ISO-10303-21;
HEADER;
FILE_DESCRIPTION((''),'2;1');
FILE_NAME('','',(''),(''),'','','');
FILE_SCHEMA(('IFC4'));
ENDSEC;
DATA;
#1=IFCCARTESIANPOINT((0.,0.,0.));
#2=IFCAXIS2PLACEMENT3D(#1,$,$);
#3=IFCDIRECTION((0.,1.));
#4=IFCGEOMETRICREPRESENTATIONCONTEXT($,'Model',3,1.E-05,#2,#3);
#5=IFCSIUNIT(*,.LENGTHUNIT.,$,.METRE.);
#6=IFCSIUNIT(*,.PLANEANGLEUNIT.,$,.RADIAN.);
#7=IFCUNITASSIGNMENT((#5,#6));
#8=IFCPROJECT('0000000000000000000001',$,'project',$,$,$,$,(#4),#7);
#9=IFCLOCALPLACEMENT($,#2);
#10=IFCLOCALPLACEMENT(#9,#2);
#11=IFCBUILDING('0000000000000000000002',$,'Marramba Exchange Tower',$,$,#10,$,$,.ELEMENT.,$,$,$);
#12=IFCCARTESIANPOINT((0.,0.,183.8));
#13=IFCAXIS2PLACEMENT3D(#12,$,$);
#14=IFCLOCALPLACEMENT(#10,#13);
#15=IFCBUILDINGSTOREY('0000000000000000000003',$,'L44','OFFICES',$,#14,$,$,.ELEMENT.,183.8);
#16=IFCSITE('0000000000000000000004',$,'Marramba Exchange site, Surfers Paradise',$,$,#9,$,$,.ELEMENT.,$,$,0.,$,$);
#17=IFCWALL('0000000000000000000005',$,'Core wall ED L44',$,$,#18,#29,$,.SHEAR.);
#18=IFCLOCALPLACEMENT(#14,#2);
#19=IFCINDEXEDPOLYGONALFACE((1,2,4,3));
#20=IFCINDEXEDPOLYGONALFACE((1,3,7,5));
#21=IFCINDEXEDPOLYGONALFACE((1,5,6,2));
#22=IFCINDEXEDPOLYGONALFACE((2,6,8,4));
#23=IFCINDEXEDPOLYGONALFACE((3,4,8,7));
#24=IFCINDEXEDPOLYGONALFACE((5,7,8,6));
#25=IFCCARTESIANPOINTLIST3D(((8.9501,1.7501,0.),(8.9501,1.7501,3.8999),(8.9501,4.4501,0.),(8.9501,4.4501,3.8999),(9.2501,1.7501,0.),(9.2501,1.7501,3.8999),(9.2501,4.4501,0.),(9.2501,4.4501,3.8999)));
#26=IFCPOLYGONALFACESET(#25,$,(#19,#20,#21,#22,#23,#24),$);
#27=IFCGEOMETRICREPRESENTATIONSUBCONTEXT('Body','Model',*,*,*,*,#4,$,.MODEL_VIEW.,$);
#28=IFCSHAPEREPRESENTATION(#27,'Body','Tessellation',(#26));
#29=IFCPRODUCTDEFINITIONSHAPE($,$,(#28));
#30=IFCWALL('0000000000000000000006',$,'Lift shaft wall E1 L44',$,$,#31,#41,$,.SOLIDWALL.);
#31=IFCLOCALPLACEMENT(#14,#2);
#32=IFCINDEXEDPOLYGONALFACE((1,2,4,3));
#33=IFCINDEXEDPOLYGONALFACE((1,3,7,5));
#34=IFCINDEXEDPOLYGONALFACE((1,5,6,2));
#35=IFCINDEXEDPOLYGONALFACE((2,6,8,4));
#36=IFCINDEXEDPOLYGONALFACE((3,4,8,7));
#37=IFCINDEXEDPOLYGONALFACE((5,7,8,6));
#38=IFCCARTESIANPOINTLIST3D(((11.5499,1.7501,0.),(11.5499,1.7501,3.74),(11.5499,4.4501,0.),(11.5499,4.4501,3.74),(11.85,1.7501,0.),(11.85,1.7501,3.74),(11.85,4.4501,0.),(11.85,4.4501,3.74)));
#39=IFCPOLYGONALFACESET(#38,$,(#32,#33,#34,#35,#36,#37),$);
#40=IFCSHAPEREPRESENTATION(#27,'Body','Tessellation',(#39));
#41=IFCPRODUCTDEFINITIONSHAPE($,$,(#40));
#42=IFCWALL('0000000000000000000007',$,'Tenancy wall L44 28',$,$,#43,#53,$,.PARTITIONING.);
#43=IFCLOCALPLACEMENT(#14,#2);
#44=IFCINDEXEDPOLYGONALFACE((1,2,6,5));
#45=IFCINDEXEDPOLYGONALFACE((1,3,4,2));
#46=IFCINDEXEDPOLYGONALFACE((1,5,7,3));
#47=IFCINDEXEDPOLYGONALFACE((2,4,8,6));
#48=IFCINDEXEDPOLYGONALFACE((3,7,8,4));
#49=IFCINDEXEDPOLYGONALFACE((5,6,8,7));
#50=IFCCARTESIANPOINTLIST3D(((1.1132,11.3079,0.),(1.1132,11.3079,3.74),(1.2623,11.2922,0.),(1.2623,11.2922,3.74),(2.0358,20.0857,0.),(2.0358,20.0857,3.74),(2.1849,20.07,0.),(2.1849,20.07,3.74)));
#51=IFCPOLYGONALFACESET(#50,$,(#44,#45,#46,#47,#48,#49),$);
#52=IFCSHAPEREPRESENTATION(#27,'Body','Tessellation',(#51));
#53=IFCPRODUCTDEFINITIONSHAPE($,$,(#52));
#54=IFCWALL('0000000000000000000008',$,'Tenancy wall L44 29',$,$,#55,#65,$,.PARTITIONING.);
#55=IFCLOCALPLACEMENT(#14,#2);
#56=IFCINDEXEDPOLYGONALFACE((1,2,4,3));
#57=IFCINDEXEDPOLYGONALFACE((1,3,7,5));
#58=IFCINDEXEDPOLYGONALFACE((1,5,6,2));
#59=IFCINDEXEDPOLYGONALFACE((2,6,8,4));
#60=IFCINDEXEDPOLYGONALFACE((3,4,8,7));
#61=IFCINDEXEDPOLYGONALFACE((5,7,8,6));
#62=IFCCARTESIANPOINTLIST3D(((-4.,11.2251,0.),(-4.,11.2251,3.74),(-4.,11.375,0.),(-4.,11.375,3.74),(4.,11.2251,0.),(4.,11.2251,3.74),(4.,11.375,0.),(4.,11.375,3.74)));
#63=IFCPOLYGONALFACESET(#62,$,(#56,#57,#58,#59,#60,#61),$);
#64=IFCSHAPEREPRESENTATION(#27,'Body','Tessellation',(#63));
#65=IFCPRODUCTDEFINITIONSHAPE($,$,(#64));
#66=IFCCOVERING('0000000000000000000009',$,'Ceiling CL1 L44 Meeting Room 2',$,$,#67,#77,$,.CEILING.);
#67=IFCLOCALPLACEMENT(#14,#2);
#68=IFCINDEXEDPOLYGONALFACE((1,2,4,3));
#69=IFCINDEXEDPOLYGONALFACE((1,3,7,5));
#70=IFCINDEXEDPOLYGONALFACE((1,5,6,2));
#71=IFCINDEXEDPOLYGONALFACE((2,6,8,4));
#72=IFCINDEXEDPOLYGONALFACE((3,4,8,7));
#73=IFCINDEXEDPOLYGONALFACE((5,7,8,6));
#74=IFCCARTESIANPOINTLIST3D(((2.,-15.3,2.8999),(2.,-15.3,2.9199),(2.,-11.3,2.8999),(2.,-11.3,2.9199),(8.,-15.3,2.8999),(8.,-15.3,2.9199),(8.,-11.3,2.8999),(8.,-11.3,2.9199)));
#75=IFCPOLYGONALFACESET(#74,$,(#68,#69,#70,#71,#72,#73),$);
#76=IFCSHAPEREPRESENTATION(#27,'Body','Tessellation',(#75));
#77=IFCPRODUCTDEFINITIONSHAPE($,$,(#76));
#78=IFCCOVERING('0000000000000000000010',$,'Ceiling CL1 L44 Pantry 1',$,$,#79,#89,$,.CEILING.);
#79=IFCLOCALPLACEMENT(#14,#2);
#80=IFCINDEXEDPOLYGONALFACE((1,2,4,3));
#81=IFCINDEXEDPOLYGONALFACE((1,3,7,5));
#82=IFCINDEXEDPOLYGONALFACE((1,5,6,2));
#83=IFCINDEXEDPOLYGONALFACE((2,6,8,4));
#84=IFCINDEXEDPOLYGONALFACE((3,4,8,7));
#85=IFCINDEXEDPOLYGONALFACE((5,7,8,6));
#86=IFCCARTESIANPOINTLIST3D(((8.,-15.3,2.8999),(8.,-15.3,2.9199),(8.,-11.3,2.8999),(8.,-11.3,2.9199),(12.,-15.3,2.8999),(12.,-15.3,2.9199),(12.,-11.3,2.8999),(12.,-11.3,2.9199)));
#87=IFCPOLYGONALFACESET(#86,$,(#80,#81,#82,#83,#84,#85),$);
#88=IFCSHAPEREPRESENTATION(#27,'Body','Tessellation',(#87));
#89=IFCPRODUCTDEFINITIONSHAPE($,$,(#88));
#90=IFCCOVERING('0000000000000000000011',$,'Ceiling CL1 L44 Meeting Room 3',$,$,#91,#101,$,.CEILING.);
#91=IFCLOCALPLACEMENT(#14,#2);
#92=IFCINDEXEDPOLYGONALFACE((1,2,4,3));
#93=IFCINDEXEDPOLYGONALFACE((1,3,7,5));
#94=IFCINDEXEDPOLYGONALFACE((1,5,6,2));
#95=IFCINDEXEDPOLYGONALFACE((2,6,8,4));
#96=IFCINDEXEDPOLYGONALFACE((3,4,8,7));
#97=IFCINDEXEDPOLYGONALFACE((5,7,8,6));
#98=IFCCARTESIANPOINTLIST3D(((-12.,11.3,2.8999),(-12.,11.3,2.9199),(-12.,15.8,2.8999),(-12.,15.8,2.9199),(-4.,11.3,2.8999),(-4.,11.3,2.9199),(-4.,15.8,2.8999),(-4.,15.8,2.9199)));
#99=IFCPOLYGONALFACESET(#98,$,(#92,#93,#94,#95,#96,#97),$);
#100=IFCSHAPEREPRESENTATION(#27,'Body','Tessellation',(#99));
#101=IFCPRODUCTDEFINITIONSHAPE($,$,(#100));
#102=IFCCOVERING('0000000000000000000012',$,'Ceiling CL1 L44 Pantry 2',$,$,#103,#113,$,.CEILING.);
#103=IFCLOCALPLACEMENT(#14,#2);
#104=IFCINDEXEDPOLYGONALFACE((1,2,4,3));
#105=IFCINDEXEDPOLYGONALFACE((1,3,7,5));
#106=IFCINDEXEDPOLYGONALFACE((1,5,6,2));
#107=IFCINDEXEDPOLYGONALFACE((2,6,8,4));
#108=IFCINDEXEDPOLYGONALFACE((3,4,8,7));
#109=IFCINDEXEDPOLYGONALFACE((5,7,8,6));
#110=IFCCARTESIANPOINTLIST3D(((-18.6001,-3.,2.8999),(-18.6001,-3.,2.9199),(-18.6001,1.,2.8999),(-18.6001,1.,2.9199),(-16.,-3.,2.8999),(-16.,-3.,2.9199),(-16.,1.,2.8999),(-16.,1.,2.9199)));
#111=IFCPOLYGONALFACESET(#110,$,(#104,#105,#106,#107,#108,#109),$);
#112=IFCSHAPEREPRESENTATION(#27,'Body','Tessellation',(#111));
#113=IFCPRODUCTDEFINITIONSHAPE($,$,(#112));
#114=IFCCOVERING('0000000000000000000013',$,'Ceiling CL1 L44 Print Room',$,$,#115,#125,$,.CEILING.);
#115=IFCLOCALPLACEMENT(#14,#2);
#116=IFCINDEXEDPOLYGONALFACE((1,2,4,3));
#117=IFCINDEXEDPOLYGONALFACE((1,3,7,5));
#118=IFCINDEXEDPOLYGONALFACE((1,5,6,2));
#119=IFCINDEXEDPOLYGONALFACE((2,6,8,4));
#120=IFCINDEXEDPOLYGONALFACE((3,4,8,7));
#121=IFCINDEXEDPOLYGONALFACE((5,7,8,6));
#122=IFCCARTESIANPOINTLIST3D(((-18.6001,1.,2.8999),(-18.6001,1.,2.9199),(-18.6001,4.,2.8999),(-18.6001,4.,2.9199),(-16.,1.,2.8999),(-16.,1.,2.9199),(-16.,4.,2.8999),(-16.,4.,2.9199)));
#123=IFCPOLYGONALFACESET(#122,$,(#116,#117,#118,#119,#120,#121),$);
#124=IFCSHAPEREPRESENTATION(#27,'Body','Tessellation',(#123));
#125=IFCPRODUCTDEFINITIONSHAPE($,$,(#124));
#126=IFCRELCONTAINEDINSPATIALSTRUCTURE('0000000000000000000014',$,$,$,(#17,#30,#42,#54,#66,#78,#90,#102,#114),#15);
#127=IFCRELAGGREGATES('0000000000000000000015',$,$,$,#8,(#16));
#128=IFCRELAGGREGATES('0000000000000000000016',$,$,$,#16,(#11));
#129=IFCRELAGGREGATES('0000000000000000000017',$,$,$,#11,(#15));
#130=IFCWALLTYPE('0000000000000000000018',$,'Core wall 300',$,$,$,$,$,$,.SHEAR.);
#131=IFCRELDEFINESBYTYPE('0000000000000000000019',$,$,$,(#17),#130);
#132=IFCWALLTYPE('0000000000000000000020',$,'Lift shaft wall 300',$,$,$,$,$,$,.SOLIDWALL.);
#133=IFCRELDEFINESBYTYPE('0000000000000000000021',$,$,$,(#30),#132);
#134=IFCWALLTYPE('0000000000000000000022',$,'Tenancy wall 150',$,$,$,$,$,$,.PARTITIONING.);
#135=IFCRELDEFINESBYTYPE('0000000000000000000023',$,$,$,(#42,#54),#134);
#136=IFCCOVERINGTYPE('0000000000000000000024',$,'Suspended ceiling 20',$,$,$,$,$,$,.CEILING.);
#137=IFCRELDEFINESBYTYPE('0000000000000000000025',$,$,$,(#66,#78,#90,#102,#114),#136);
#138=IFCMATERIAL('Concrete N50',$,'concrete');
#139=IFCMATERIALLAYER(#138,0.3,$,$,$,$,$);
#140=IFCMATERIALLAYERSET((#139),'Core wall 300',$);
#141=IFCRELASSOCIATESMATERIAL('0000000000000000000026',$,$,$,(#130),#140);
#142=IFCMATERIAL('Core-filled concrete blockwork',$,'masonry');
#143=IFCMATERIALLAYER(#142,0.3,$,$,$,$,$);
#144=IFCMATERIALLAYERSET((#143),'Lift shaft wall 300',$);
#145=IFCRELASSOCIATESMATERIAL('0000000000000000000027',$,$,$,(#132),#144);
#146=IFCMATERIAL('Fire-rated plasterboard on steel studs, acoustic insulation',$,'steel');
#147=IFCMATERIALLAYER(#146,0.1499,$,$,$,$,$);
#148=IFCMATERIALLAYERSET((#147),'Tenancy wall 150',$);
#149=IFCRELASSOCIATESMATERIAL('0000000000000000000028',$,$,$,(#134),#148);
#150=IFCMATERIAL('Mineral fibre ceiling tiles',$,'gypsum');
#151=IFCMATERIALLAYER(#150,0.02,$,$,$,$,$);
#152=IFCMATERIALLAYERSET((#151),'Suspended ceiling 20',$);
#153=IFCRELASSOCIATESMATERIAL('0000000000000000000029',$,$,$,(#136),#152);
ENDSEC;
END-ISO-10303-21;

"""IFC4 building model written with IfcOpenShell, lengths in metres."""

from ifc_helpers import new_model, si_unit, direction, frame, frame_2d, origin, place, context, subcontext, project, spatial, polyline, rectangle, outline, extrude, material, layer, layer_set, type_object, element, save


model = new_model("IFC4")

# Units and contexts
model_context = context("Model", 3, precision=1e-05, world=origin(), true_north=direction((0.0, 1.0)))
body_context = subcontext(model_context, "Body", "Model", "MODEL_VIEW")
ifc_project = project(units=[si_unit("LENGTHUNIT", "METRE"), si_unit("PLANEANGLEUNIT", "RADIAN")], contexts=[model_context])

# Site, building, storey
site_placement = place(None, origin())
site = spatial("IfcSite", under=ifc_project, at=site_placement, Name="Marramba Exchange site, Surfers Paradise", CompositionType="ELEMENT", RefElevation=0.0)
building_placement = place(site_placement, origin())
building = spatial("IfcBuilding", under=site, at=building_placement, Name="Marramba Exchange Tower", CompositionType="ELEMENT")
storey_placement = place(building_placement, frame((0.0, 0.0, 183.8)))
storey = spatial("IfcBuildingStorey", under=building, at=storey_placement, Name="L44", Description="OFFICES", CompositionType="ELEMENT", Elevation=183.8)

# Walls
ifc_material_1 = material(Name="Concrete N50", Category="concrete")
ifc_layer_1 = layer(ifc_material_1, 0.3)
ifc_layer_set_1 = layer_set([ifc_layer_1], Name="Core wall 300")
wall_type_1 = type_object("IfcWallType", Name="Core wall 300", PredefinedType="SHEAR", material=ifc_layer_set_1)
wall_1_placement = place(storey_placement, frame((9.1001, 1.75, 0.0), z_axis=(0.0, 0.0, 1.0), x_axis=(0.0, 1.0, 0.0)))
element("IfcWall", 1, at=wall_1_placement, inside=storey, type_object=wall_type_1, Name="Core wall ED L44", PredefinedType="SHEAR", context=body_context, shape_type="SweptSolid", body=[
    extrude(rectangle(XDim=2.7, YDim=0.3, at=frame_2d((1.3501, 0.0))), origin(), (0.0, 0.0, 1.0), 3.8999),
])
ifc_material_2 = material(Name="Core-filled concrete blockwork", Category="masonry")
ifc_layer_2 = layer(ifc_material_2, 0.3)
ifc_layer_set_2 = layer_set([ifc_layer_2], Name="Lift shaft wall 300")
wall_type_2 = type_object("IfcWallType", Name="Lift shaft wall 300", PredefinedType="SOLIDWALL", material=ifc_layer_set_2)
wall_2_placement = place(storey_placement, frame((11.7, 1.75, 0.0), z_axis=(0.0, 0.0, 1.0), x_axis=(0.0, 1.0, 0.0)))
element("IfcWall", 2, at=wall_2_placement, inside=storey, type_object=wall_type_2, Name="Lift shaft wall E1 L44", PredefinedType="SOLIDWALL", context=body_context, shape_type="SweptSolid", body=[
    extrude(rectangle(XDim=2.7, YDim=0.3, at=frame_2d((1.3501, 0.0))), origin(), (0.0, 0.0, 1.0), 3.74),
])
ifc_material_3 = material(Name="Fire-rated plasterboard on steel studs, acoustic insulation", Category="steel")
ifc_layer_3 = layer(ifc_material_3, 0.1499)
ifc_layer_set_3 = layer_set([ifc_layer_3], Name="Tenancy wall 150")
wall_type_3 = type_object("IfcWallType", Name="Tenancy wall 150", PredefinedType="PARTITIONING", material=ifc_layer_set_3)
wall_3_placement = place(storey_placement, frame((1.1877, 11.3, 0.0), z_axis=(0.0, 0.0, 1.0), x_axis=(0.104531, 0.994522, 0.0)))
element("IfcWall", 3, at=wall_3_placement, inside=storey, type_object=wall_type_3, Name="Tenancy wall L44 28", PredefinedType="PARTITIONING", context=body_context, shape_type="SweptSolid", body=[
    extrude(rectangle(XDim=8.8262, YDim=0.1499, at=frame_2d((4.4131, 0.0))), origin(), (0.0, 0.0, 1.0), 3.74),
])
wall_4_placement = place(storey_placement, frame((4.0, 11.3, 0.0), z_axis=(0.0, 0.0, 1.0), x_axis=(-1.0, 0.0, 0.0)))
element("IfcWall", 4, at=wall_4_placement, inside=storey, type_object=wall_type_3, Name="Tenancy wall L44 29", PredefinedType="PARTITIONING", context=body_context, shape_type="SweptSolid", body=[
    extrude(rectangle(XDim=8.0, YDim=0.1499, at=frame_2d((4.0, 0.0))), origin(), (0.0, 0.0, 1.0), 3.74),
])

# Coverings
ifc_material_4 = material(Name="Mineral fibre ceiling tiles", Category="gypsum")
ifc_layer_4 = layer(ifc_material_4, 0.02)
ifc_layer_set_4 = layer_set([ifc_layer_4], Name="Suspended ceiling 20")
covering_type = type_object("IfcCoveringType", Name="Suspended ceiling 20", PredefinedType="CEILING", material=ifc_layer_set_4)
covering_1_placement = place(storey_placement, frame((0.0, 0.0, 2.8999)))
element("IfcCovering", 5, at=covering_1_placement, inside=storey, type_object=covering_type, Name="Ceiling CL1 L44 Meeting Room 2", PredefinedType="CEILING", context=body_context, shape_type="SweptSolid", body=[
    extrude(outline(polyline([(8.0, -15.3), (2.0, -15.3), (2.0, -11.3), (8.0, -11.3), (8.0, -15.3)])), origin(), (0.0, 0.0, 1.0), 0.02),
])
covering_2_placement = place(storey_placement, frame((0.0, 0.0, 2.8999)))
element("IfcCovering", 6, at=covering_2_placement, inside=storey, type_object=covering_type, Name="Ceiling CL1 L44 Pantry 1", PredefinedType="CEILING", context=body_context, shape_type="SweptSolid", body=[
    extrude(outline(polyline([(12.0, -15.3), (8.0, -15.3), (8.0, -11.3), (12.0, -11.3), (12.0, -15.3)])), origin(), (0.0, 0.0, 1.0), 0.02),
])
covering_3_placement = place(storey_placement, frame((0.0, 0.0, 2.8999)))
element("IfcCovering", 7, at=covering_3_placement, inside=storey, type_object=covering_type, Name="Ceiling CL1 L44 Meeting Room 3", PredefinedType="CEILING", context=body_context, shape_type="SweptSolid", body=[
    extrude(outline(polyline([(-4.0, 11.3), (-12.0, 11.3), (-12.0, 15.8), (-4.0, 15.8), (-4.0, 11.3)])), origin(), (0.0, 0.0, 1.0), 0.02),
])
covering_4_placement = place(storey_placement, frame((0.0, 0.0, 2.8999)))
element("IfcCovering", 8, at=covering_4_placement, inside=storey, type_object=covering_type, Name="Ceiling CL1 L44 Pantry 2", PredefinedType="CEILING", context=body_context, shape_type="SweptSolid", body=[
    extrude(outline(polyline([(-16.0, -3.0), (-18.6001, -3.0), (-18.6001, 1.0), (-16.0, 1.0), (-16.0, -3.0)])), origin(), (0.0, 0.0, 1.0), 0.02),
])
covering_5_placement = place(storey_placement, frame((0.0, 0.0, 2.8999)))
element("IfcCovering", 9, at=covering_5_placement, inside=storey, type_object=covering_type, Name="Ceiling CL1 L44 Print Room", PredefinedType="CEILING", context=body_context, shape_type="SweptSolid", body=[
    extrude(outline(polyline([(-16.0, 1.0), (-18.6001, 1.0), (-18.6001, 4.0), (-16.0, 4.0), (-16.0, 1.0)])), origin(), (0.0, 0.0, 1.0), 0.02),
])

save(model, "model.ifc")
